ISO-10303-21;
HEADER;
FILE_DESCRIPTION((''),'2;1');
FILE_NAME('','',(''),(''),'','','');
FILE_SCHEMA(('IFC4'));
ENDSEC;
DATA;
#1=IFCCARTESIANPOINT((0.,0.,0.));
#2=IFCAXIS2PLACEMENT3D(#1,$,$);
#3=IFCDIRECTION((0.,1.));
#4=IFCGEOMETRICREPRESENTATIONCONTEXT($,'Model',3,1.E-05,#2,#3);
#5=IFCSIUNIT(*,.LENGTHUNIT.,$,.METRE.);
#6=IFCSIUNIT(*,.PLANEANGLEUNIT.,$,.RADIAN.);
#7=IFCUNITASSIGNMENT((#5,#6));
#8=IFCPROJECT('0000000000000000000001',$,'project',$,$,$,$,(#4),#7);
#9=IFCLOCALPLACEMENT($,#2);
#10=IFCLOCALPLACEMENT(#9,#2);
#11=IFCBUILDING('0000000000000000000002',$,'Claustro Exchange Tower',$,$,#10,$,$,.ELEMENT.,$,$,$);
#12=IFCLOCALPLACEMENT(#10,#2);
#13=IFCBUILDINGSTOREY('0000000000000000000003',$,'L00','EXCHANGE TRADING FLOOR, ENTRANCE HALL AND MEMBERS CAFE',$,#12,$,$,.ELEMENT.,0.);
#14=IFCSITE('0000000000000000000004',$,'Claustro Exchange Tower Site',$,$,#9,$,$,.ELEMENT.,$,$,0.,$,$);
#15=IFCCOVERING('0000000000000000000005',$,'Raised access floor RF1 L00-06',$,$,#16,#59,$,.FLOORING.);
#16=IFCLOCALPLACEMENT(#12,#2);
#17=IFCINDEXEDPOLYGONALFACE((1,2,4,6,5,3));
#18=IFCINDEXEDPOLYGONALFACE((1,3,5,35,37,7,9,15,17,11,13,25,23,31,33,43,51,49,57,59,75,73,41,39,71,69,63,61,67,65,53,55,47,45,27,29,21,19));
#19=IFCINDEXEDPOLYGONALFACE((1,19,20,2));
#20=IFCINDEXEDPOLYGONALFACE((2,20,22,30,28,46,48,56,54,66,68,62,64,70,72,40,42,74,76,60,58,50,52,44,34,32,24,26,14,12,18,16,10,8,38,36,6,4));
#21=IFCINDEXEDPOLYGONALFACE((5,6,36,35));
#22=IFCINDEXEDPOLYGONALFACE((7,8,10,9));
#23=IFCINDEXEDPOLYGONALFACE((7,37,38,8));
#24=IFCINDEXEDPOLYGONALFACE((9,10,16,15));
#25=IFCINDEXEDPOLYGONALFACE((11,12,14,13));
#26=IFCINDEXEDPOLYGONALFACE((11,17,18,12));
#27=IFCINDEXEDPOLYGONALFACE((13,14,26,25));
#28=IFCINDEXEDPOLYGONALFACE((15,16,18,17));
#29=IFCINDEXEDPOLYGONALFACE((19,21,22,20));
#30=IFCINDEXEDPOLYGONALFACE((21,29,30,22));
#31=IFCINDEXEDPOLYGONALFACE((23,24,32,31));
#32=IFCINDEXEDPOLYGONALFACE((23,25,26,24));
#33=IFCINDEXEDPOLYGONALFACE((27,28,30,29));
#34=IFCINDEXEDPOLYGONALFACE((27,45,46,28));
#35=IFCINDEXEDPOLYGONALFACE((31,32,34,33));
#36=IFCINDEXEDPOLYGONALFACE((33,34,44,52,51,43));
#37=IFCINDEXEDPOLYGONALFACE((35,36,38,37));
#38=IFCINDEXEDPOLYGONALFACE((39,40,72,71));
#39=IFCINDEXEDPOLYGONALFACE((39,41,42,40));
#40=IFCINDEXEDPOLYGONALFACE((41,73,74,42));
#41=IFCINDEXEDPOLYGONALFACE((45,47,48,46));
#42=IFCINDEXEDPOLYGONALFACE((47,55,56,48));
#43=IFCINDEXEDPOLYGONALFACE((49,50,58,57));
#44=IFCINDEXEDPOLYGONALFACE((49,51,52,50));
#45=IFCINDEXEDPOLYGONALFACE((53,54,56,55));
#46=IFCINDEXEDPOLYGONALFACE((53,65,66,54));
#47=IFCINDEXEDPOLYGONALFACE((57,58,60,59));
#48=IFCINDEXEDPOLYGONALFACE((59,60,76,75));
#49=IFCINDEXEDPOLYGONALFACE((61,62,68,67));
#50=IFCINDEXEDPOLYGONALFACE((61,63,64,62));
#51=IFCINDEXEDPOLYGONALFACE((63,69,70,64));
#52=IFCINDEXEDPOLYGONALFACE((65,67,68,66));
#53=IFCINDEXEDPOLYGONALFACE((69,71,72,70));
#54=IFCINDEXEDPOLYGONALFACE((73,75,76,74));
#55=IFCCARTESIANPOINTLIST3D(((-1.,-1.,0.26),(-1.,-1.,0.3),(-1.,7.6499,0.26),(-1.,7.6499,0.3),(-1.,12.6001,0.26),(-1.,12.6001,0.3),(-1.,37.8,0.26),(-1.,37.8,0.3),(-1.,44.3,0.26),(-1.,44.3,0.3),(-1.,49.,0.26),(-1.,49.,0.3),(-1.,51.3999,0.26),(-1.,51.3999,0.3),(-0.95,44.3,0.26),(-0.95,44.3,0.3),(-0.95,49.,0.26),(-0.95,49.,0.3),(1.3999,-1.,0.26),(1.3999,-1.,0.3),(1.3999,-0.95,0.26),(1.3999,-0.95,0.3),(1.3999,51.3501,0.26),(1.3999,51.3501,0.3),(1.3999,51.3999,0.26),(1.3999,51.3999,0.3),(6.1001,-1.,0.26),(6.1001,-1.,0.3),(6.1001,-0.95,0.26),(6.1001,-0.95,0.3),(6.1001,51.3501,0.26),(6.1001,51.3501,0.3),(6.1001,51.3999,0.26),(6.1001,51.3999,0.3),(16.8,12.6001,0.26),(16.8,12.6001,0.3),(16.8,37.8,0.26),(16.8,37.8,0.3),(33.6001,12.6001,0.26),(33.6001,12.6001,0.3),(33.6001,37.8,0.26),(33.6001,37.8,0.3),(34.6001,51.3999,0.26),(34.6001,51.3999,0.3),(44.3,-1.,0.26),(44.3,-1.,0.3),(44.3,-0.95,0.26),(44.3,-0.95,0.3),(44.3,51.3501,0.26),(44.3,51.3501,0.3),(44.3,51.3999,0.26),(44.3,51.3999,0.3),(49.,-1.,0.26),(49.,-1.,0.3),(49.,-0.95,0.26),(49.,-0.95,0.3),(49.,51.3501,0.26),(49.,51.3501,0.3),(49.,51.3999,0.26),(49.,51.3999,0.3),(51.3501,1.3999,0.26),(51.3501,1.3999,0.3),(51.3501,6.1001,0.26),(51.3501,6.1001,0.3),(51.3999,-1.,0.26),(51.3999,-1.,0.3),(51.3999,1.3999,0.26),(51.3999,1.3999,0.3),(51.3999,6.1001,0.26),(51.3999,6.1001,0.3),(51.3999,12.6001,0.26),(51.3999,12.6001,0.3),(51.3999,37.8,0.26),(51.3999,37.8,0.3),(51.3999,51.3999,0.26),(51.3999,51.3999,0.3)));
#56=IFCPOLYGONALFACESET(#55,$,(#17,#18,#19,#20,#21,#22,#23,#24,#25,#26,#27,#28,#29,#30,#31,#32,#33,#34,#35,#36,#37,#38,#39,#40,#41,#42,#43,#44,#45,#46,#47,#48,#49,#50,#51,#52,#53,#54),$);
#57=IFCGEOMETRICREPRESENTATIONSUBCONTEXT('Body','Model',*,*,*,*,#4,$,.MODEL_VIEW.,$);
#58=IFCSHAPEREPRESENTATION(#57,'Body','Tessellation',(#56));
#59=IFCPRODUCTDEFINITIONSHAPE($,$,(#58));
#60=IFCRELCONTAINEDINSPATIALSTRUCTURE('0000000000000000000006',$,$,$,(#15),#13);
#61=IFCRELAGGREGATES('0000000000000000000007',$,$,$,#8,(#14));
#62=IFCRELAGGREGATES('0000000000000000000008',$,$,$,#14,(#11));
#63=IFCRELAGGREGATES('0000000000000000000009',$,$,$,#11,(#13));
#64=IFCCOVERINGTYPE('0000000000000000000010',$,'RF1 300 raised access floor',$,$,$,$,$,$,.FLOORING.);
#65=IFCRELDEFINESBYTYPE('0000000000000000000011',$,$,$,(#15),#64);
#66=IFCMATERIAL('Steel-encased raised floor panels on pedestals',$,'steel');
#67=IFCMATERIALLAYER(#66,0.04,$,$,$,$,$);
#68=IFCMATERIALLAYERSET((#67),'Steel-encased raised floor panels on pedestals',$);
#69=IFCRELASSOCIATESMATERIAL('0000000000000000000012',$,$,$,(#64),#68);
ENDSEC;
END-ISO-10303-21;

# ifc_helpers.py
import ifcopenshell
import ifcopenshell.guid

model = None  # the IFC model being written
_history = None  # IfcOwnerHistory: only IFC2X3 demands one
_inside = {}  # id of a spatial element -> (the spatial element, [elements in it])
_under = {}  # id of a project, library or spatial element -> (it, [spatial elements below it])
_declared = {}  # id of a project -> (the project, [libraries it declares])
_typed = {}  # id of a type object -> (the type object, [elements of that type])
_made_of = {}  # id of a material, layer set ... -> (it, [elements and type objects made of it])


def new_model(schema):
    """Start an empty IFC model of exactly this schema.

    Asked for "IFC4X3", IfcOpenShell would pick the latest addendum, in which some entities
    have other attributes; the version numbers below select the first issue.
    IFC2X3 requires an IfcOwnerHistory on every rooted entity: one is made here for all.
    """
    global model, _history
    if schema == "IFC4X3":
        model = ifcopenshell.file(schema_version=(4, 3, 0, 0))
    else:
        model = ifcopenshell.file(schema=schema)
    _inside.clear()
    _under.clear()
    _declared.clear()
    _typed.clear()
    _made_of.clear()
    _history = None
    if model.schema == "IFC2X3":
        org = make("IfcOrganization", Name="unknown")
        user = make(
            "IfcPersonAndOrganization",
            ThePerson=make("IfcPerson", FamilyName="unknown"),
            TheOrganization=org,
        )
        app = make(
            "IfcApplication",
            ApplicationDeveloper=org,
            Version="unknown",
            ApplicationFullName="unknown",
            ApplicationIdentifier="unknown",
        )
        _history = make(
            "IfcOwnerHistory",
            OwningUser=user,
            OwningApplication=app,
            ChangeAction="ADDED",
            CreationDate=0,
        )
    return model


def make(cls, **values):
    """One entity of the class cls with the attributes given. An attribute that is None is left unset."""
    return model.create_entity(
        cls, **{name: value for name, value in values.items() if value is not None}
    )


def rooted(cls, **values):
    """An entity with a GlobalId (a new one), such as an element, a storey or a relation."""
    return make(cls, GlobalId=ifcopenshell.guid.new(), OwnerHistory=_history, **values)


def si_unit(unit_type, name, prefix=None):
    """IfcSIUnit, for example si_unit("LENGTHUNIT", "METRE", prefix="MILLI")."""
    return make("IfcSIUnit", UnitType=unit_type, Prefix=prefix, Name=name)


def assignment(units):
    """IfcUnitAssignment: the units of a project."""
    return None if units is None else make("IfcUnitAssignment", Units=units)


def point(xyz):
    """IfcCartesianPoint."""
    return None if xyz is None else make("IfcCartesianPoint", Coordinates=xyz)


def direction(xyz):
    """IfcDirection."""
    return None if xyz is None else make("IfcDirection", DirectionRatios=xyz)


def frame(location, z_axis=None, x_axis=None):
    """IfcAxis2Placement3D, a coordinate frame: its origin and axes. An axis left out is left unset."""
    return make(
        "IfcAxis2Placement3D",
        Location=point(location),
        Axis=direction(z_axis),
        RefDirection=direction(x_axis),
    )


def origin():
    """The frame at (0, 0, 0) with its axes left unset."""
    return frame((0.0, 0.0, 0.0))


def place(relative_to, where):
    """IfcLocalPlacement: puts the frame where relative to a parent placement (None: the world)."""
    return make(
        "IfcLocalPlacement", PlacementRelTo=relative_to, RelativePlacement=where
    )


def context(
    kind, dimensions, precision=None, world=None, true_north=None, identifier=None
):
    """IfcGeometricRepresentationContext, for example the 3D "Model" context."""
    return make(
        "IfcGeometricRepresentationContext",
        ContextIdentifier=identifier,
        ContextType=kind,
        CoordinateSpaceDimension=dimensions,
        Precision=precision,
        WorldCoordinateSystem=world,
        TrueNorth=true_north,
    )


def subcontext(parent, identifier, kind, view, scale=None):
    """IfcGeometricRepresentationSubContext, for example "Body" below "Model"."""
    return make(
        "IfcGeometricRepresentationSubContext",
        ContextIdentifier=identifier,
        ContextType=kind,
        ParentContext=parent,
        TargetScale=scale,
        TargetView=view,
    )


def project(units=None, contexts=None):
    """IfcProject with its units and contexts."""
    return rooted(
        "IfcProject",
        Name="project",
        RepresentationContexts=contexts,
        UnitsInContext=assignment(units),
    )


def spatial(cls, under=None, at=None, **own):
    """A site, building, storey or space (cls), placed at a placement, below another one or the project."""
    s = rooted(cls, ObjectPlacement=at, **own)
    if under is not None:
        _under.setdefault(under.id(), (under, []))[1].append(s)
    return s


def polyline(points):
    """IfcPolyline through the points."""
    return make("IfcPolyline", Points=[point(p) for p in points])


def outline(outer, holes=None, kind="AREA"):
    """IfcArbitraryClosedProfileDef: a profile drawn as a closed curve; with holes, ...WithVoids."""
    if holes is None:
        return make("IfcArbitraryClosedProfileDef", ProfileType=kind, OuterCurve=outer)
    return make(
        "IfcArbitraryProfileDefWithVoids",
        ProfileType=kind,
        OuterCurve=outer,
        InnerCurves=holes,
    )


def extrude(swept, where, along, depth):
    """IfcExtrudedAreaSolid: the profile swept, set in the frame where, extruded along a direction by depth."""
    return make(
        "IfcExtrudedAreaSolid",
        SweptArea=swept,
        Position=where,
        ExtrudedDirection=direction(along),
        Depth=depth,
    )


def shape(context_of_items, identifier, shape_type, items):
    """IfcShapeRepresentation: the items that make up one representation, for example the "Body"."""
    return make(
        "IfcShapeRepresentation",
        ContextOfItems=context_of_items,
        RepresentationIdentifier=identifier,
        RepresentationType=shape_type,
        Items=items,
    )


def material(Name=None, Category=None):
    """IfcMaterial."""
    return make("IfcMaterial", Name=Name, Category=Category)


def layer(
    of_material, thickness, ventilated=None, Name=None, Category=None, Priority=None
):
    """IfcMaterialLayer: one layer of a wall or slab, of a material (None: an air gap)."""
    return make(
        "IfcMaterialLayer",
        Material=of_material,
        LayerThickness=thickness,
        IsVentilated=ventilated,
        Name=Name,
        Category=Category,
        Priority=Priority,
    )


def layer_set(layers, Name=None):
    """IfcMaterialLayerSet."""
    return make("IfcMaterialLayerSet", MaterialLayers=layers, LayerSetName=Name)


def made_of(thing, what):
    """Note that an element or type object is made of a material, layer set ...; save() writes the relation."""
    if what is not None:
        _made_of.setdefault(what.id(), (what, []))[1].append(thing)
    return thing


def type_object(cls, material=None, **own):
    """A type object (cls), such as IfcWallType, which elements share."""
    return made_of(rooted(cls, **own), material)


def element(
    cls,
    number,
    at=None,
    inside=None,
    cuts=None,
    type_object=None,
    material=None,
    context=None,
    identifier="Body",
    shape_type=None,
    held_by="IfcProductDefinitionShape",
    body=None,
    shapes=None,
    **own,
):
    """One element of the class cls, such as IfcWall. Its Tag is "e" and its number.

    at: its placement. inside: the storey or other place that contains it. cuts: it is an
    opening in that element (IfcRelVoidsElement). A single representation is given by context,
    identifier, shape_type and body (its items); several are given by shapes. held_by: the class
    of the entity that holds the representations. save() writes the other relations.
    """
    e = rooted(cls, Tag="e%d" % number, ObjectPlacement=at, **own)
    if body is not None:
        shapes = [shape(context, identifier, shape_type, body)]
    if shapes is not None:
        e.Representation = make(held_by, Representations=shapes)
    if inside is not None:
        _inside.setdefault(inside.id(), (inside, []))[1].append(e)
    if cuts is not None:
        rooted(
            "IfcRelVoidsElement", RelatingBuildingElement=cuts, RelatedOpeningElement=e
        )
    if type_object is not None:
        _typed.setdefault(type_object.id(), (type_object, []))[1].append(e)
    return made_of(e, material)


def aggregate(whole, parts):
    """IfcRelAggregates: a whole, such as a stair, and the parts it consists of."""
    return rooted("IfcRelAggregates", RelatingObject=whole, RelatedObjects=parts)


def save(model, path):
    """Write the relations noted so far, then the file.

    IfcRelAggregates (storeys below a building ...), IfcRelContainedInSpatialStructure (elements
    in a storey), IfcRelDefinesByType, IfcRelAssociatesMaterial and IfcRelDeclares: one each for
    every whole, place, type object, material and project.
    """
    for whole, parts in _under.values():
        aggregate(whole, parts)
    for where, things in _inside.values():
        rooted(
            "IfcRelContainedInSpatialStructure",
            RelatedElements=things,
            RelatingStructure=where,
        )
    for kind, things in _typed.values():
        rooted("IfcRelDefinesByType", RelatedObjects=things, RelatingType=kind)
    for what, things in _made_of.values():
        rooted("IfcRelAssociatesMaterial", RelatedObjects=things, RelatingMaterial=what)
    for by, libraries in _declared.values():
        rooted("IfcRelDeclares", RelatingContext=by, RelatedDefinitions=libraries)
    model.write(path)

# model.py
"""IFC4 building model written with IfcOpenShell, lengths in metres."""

from ifc_helpers import new_model, si_unit, direction, frame, origin, place, context, subcontext, project, spatial, polyline, outline, extrude, material, layer, layer_set, type_object, element, save


model = new_model("IFC4")

# Units and contexts
model_context = context("Model", 3, precision=1e-05, world=origin(), true_north=direction((0.0, 1.0)))
body_context = subcontext(model_context, "Body", "Model", "MODEL_VIEW")
ifc_project = project(units=[si_unit("LENGTHUNIT", "METRE"), si_unit("PLANEANGLEUNIT", "RADIAN")], contexts=[model_context])

# Site, building, storey
site_placement = place(None, origin())
site = spatial("IfcSite", under=ifc_project, at=site_placement, Name="Claustro Exchange Tower Site", CompositionType="ELEMENT", RefElevation=0.0)
building_placement = place(site_placement, origin())
building = spatial("IfcBuilding", under=site, at=building_placement, Name="Claustro Exchange Tower", CompositionType="ELEMENT")
storey_placement = place(building_placement, origin())
storey = spatial("IfcBuildingStorey", under=building, at=storey_placement, Name="L00", Description="EXCHANGE TRADING FLOOR, ENTRANCE HALL AND MEMBERS CAFE", CompositionType="ELEMENT", Elevation=0.0)

# Covering
ifc_material_1 = material(Name="Steel-encased raised floor panels on pedestals", Category="steel")
ifc_layer_1 = layer(ifc_material_1, 0.04)
ifc_layer_set_1 = layer_set([ifc_layer_1], Name="Steel-encased raised floor panels on pedestals")
covering_type_1 = type_object("IfcCoveringType", Name="RF1 300 raised access floor", PredefinedType="FLOORING", material=ifc_layer_set_1)
covering_1_placement = place(storey_placement, frame((0.0, 0.0, 0.26)))
element("IfcCovering", 1, at=covering_1_placement, inside=storey, type_object=covering_type_1, Name="Raised access floor RF1 L00-06", PredefinedType="FLOORING", context=body_context, shape_type="SweptSolid", body=[
    extrude(outline(polyline([(16.8, 37.8), (16.8, 12.6001), (-1.0, 12.6001), (-1.0, 7.6499), (-1.0, -1.0), (1.3999, -1.0), (1.3999, -0.95), (6.1001, -0.95), (6.1001, -1.0), (44.3, -1.0), (44.3, -0.95), (49.0, -0.95), (49.0, -1.0), (51.3999, -1.0), (51.3999, 1.3999), (51.3501, 1.3999), (51.3501, 6.1001), (51.3999, 6.1001), (51.3999, 12.6001), (33.6001, 12.6001), (33.6001, 37.8), (51.3999, 37.8), (51.3999, 51.3999), (49.0, 51.3999), (49.0, 51.3501), (44.3, 51.3501), (44.3, 51.3999), (34.6001, 51.3999), (6.1001, 51.3999), (6.1001, 51.3501), (1.3999, 51.3501), (1.3999, 51.3999), (-1.0, 51.3999), (-1.0, 49.0), (-0.95, 49.0), (-0.95, 44.3), (-1.0, 44.3), (-1.0, 37.8), (16.8, 37.8)])), origin(), (0.0, 0.0, 1.0), 0.04),
])

save(model, "model.ifc")
